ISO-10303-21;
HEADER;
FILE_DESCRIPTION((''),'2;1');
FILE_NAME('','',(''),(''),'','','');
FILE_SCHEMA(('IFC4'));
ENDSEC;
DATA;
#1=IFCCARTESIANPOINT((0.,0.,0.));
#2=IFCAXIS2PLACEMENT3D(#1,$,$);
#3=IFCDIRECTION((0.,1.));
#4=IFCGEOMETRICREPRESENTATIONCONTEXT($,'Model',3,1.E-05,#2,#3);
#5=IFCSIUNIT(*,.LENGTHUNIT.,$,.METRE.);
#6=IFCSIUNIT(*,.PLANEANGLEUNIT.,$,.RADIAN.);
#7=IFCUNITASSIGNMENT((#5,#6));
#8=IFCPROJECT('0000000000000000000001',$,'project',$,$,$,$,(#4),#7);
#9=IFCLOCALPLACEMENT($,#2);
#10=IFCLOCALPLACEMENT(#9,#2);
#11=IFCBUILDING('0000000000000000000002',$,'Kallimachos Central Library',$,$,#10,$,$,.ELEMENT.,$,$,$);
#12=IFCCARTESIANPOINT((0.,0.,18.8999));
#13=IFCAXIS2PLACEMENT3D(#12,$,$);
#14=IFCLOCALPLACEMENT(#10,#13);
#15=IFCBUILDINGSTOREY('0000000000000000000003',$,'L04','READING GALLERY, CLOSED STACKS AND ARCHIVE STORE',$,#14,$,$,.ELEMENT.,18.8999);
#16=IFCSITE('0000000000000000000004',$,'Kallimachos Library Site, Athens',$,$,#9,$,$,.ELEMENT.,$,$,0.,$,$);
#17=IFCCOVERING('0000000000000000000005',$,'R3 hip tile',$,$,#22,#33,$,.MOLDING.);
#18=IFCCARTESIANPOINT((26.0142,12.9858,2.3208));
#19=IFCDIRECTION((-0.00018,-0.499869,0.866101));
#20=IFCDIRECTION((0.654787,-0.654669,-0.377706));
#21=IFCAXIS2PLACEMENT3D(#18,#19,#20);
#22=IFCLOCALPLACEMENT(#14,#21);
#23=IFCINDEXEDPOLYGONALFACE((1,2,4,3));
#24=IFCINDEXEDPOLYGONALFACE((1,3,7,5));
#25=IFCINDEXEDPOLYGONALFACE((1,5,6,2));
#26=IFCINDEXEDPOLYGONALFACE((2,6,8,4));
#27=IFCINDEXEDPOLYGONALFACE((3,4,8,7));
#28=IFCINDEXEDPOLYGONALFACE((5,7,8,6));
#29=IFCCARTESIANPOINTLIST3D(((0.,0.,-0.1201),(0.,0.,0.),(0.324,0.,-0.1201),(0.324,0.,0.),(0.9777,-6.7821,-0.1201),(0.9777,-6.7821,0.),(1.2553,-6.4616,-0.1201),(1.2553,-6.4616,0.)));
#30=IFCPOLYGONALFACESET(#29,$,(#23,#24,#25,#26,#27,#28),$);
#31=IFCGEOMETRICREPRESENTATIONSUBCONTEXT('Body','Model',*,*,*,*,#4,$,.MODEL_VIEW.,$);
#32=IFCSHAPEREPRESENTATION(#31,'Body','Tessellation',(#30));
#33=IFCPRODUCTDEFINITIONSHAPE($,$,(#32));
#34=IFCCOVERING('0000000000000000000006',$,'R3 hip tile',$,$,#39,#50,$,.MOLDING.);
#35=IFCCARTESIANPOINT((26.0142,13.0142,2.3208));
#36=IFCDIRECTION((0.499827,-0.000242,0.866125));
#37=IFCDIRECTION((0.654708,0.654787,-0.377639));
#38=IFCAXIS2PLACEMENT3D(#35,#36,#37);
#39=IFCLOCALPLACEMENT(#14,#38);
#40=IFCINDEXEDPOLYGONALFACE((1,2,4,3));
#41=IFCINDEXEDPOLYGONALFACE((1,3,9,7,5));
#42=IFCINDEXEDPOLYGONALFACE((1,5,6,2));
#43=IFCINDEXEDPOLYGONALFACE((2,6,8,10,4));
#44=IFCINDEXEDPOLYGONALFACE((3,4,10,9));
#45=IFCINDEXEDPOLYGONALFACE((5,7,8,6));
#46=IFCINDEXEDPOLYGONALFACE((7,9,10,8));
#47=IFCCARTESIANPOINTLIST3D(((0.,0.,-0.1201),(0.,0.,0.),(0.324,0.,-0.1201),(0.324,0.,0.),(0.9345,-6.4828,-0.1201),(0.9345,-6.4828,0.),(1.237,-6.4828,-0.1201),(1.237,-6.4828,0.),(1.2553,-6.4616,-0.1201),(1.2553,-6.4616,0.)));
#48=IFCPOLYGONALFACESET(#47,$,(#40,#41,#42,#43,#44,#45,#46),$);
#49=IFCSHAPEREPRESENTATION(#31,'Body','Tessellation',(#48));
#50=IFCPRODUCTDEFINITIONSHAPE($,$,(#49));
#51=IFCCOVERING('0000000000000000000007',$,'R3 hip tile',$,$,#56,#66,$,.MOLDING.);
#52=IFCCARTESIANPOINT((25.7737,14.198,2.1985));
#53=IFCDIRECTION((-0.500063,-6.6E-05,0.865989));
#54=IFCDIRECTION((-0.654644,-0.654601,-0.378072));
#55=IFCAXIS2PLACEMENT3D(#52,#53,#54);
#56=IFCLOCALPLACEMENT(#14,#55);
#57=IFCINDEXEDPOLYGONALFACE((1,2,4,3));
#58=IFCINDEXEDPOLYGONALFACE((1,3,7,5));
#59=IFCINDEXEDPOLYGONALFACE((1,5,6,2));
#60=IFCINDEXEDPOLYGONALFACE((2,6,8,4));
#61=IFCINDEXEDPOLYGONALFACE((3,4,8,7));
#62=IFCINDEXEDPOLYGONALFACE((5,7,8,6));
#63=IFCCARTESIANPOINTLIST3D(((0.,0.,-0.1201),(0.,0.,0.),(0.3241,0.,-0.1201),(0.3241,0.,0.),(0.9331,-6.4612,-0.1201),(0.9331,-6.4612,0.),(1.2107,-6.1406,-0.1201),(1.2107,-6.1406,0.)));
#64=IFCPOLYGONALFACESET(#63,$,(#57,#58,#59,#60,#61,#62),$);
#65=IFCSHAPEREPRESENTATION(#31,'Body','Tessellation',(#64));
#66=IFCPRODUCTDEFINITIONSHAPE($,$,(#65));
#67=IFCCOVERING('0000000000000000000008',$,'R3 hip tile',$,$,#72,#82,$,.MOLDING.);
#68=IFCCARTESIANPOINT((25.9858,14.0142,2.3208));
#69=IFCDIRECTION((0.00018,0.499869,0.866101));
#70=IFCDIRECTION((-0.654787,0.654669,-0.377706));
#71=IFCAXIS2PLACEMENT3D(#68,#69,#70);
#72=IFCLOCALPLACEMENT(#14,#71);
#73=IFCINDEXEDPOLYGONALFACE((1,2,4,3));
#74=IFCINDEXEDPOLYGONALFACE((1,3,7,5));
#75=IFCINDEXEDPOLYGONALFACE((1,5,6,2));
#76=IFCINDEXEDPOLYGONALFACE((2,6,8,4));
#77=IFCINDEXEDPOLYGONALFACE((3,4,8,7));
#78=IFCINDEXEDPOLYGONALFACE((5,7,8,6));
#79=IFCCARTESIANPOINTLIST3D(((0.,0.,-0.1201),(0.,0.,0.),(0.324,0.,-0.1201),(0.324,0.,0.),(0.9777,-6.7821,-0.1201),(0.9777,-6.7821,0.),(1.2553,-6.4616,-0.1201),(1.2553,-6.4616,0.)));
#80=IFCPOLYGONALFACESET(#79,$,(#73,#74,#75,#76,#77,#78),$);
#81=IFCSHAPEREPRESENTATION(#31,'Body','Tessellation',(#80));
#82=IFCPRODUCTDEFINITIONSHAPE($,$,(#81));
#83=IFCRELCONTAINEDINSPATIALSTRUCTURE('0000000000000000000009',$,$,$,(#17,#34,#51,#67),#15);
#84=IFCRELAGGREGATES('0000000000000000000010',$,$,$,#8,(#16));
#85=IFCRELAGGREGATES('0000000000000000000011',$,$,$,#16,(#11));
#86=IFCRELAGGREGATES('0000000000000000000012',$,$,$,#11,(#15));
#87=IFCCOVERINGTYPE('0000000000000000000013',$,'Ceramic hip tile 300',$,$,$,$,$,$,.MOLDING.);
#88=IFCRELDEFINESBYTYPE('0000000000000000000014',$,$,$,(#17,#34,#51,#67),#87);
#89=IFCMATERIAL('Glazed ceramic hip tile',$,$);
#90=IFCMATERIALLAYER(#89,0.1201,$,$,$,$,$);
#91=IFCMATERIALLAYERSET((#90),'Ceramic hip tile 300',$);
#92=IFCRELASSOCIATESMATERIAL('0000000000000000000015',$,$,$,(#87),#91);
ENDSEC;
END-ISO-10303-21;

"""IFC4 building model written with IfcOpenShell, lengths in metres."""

from ifc_helpers import new_model, si_unit, direction, frame, origin, place, context, subcontext, project, spatial, polyline, outline, extrude, material, layer, layer_set, type_object, element, save


model = new_model("IFC4")

# Units and contexts
model_context = context("Model", 3, precision=1e-05, world=origin(), true_north=direction((0.0, 1.0)))
body_context = subcontext(model_context, "Body", "Model", "MODEL_VIEW")
ifc_project = project(units=[si_unit("LENGTHUNIT", "METRE"), si_unit("PLANEANGLEUNIT", "RADIAN")], contexts=[model_context])

# Site, building, storey
site_placement = place(None, origin())
site = spatial("IfcSite", under=ifc_project, at=site_placement, Name="Kallimachos Library Site, Athens", CompositionType="ELEMENT", RefElevation=0.0)
building_placement = place(site_placement, origin())
building = spatial("IfcBuilding", under=site, at=building_placement, Name="Kallimachos Central Library", CompositionType="ELEMENT")
storey_placement = place(building_placement, frame((0.0, 0.0, 18.8999)))
storey = spatial("IfcBuildingStorey", under=building, at=storey_placement, Name="L04", Description="READING GALLERY, CLOSED STACKS AND ARCHIVE STORE", CompositionType="ELEMENT", Elevation=18.8999)

# Coverings
ifc_material_1 = material(Name="Glazed ceramic hip tile")
ifc_layer_1 = layer(ifc_material_1, 0.1201)
ifc_layer_set_1 = layer_set([ifc_layer_1], Name="Ceramic hip tile 300")
covering_type_1 = type_object("IfcCoveringType", Name="Ceramic hip tile 300", PredefinedType="MOLDING", material=ifc_layer_set_1)
covering_1_placement = place(storey_placement, frame((26.0142, 12.9858, 2.3208), z_axis=(-0.00018, -0.499869, 0.866101), x_axis=(0.654787, -0.654669, -0.377706)))
element("IfcCovering", 1, at=covering_1_placement, inside=storey, type_object=covering_type_1, Name="R3 hip tile", PredefinedType="MOLDING", context=body_context, shape_type="SweptSolid", body=[
    extrude(outline(polyline([(0.0, 0.0), (0.324, 0.0), (1.2553, -6.4616), (0.9777, -6.7821), (0.0, 0.0)])), origin(), (0.0, 0.0, -1.0), 0.1201),
])
covering_2_placement = place(storey_placement, frame((26.0142, 13.0142, 2.3208), z_axis=(0.499827, -0.000242, 0.866125), x_axis=(0.654708, 0.654787, -0.377639)))
element("IfcCovering", 2, at=covering_2_placement, inside=storey, type_object=covering_type_1, Name="R3 hip tile", PredefinedType="MOLDING", context=body_context, shape_type="SweptSolid", body=[
    extrude(outline(polyline([(0.0, 0.0), (0.324, 0.0), (1.2553, -6.4616), (1.237, -6.4828), (0.9345, -6.4828), (0.0, 0.0)])), origin(), (0.0, 0.0, -1.0), 0.1201),
])
covering_3_placement = place(storey_placement, frame((25.7737, 14.198, 2.1985), z_axis=(-0.500063, -0.000066, 0.865989), x_axis=(-0.654644, -0.654601, -0.378072)))
element("IfcCovering", 3, at=covering_3_placement, inside=storey, type_object=covering_type_1, Name="R3 hip tile", PredefinedType="MOLDING", context=body_context, shape_type="SweptSolid", body=[
    extrude(outline(polyline([(0.0, 0.0), (0.3241, 0.0), (1.2107, -6.1406), (0.9331, -6.4612), (0.0, 0.0)])), origin(), (0.0, 0.0, -1.0), 0.1201),
])
covering_4_placement = place(storey_placement, frame((25.9858, 14.0142, 2.3208), z_axis=(0.00018, 0.499869, 0.866101), x_axis=(-0.654787, 0.654669, -0.377706)))
element("IfcCovering", 4, at=covering_4_placement, inside=storey, type_object=covering_type_1, Name="R3 hip tile", PredefinedType="MOLDING", context=body_context, shape_type="SweptSolid", body=[
    extrude(outline(polyline([(0.0, 0.0), (0.324, 0.0), (1.2553, -6.4616), (0.9777, -6.7821), (0.0, 0.0)])), origin(), (0.0, 0.0, -1.0), 0.1201),
])

save(model, "model.ifc")
